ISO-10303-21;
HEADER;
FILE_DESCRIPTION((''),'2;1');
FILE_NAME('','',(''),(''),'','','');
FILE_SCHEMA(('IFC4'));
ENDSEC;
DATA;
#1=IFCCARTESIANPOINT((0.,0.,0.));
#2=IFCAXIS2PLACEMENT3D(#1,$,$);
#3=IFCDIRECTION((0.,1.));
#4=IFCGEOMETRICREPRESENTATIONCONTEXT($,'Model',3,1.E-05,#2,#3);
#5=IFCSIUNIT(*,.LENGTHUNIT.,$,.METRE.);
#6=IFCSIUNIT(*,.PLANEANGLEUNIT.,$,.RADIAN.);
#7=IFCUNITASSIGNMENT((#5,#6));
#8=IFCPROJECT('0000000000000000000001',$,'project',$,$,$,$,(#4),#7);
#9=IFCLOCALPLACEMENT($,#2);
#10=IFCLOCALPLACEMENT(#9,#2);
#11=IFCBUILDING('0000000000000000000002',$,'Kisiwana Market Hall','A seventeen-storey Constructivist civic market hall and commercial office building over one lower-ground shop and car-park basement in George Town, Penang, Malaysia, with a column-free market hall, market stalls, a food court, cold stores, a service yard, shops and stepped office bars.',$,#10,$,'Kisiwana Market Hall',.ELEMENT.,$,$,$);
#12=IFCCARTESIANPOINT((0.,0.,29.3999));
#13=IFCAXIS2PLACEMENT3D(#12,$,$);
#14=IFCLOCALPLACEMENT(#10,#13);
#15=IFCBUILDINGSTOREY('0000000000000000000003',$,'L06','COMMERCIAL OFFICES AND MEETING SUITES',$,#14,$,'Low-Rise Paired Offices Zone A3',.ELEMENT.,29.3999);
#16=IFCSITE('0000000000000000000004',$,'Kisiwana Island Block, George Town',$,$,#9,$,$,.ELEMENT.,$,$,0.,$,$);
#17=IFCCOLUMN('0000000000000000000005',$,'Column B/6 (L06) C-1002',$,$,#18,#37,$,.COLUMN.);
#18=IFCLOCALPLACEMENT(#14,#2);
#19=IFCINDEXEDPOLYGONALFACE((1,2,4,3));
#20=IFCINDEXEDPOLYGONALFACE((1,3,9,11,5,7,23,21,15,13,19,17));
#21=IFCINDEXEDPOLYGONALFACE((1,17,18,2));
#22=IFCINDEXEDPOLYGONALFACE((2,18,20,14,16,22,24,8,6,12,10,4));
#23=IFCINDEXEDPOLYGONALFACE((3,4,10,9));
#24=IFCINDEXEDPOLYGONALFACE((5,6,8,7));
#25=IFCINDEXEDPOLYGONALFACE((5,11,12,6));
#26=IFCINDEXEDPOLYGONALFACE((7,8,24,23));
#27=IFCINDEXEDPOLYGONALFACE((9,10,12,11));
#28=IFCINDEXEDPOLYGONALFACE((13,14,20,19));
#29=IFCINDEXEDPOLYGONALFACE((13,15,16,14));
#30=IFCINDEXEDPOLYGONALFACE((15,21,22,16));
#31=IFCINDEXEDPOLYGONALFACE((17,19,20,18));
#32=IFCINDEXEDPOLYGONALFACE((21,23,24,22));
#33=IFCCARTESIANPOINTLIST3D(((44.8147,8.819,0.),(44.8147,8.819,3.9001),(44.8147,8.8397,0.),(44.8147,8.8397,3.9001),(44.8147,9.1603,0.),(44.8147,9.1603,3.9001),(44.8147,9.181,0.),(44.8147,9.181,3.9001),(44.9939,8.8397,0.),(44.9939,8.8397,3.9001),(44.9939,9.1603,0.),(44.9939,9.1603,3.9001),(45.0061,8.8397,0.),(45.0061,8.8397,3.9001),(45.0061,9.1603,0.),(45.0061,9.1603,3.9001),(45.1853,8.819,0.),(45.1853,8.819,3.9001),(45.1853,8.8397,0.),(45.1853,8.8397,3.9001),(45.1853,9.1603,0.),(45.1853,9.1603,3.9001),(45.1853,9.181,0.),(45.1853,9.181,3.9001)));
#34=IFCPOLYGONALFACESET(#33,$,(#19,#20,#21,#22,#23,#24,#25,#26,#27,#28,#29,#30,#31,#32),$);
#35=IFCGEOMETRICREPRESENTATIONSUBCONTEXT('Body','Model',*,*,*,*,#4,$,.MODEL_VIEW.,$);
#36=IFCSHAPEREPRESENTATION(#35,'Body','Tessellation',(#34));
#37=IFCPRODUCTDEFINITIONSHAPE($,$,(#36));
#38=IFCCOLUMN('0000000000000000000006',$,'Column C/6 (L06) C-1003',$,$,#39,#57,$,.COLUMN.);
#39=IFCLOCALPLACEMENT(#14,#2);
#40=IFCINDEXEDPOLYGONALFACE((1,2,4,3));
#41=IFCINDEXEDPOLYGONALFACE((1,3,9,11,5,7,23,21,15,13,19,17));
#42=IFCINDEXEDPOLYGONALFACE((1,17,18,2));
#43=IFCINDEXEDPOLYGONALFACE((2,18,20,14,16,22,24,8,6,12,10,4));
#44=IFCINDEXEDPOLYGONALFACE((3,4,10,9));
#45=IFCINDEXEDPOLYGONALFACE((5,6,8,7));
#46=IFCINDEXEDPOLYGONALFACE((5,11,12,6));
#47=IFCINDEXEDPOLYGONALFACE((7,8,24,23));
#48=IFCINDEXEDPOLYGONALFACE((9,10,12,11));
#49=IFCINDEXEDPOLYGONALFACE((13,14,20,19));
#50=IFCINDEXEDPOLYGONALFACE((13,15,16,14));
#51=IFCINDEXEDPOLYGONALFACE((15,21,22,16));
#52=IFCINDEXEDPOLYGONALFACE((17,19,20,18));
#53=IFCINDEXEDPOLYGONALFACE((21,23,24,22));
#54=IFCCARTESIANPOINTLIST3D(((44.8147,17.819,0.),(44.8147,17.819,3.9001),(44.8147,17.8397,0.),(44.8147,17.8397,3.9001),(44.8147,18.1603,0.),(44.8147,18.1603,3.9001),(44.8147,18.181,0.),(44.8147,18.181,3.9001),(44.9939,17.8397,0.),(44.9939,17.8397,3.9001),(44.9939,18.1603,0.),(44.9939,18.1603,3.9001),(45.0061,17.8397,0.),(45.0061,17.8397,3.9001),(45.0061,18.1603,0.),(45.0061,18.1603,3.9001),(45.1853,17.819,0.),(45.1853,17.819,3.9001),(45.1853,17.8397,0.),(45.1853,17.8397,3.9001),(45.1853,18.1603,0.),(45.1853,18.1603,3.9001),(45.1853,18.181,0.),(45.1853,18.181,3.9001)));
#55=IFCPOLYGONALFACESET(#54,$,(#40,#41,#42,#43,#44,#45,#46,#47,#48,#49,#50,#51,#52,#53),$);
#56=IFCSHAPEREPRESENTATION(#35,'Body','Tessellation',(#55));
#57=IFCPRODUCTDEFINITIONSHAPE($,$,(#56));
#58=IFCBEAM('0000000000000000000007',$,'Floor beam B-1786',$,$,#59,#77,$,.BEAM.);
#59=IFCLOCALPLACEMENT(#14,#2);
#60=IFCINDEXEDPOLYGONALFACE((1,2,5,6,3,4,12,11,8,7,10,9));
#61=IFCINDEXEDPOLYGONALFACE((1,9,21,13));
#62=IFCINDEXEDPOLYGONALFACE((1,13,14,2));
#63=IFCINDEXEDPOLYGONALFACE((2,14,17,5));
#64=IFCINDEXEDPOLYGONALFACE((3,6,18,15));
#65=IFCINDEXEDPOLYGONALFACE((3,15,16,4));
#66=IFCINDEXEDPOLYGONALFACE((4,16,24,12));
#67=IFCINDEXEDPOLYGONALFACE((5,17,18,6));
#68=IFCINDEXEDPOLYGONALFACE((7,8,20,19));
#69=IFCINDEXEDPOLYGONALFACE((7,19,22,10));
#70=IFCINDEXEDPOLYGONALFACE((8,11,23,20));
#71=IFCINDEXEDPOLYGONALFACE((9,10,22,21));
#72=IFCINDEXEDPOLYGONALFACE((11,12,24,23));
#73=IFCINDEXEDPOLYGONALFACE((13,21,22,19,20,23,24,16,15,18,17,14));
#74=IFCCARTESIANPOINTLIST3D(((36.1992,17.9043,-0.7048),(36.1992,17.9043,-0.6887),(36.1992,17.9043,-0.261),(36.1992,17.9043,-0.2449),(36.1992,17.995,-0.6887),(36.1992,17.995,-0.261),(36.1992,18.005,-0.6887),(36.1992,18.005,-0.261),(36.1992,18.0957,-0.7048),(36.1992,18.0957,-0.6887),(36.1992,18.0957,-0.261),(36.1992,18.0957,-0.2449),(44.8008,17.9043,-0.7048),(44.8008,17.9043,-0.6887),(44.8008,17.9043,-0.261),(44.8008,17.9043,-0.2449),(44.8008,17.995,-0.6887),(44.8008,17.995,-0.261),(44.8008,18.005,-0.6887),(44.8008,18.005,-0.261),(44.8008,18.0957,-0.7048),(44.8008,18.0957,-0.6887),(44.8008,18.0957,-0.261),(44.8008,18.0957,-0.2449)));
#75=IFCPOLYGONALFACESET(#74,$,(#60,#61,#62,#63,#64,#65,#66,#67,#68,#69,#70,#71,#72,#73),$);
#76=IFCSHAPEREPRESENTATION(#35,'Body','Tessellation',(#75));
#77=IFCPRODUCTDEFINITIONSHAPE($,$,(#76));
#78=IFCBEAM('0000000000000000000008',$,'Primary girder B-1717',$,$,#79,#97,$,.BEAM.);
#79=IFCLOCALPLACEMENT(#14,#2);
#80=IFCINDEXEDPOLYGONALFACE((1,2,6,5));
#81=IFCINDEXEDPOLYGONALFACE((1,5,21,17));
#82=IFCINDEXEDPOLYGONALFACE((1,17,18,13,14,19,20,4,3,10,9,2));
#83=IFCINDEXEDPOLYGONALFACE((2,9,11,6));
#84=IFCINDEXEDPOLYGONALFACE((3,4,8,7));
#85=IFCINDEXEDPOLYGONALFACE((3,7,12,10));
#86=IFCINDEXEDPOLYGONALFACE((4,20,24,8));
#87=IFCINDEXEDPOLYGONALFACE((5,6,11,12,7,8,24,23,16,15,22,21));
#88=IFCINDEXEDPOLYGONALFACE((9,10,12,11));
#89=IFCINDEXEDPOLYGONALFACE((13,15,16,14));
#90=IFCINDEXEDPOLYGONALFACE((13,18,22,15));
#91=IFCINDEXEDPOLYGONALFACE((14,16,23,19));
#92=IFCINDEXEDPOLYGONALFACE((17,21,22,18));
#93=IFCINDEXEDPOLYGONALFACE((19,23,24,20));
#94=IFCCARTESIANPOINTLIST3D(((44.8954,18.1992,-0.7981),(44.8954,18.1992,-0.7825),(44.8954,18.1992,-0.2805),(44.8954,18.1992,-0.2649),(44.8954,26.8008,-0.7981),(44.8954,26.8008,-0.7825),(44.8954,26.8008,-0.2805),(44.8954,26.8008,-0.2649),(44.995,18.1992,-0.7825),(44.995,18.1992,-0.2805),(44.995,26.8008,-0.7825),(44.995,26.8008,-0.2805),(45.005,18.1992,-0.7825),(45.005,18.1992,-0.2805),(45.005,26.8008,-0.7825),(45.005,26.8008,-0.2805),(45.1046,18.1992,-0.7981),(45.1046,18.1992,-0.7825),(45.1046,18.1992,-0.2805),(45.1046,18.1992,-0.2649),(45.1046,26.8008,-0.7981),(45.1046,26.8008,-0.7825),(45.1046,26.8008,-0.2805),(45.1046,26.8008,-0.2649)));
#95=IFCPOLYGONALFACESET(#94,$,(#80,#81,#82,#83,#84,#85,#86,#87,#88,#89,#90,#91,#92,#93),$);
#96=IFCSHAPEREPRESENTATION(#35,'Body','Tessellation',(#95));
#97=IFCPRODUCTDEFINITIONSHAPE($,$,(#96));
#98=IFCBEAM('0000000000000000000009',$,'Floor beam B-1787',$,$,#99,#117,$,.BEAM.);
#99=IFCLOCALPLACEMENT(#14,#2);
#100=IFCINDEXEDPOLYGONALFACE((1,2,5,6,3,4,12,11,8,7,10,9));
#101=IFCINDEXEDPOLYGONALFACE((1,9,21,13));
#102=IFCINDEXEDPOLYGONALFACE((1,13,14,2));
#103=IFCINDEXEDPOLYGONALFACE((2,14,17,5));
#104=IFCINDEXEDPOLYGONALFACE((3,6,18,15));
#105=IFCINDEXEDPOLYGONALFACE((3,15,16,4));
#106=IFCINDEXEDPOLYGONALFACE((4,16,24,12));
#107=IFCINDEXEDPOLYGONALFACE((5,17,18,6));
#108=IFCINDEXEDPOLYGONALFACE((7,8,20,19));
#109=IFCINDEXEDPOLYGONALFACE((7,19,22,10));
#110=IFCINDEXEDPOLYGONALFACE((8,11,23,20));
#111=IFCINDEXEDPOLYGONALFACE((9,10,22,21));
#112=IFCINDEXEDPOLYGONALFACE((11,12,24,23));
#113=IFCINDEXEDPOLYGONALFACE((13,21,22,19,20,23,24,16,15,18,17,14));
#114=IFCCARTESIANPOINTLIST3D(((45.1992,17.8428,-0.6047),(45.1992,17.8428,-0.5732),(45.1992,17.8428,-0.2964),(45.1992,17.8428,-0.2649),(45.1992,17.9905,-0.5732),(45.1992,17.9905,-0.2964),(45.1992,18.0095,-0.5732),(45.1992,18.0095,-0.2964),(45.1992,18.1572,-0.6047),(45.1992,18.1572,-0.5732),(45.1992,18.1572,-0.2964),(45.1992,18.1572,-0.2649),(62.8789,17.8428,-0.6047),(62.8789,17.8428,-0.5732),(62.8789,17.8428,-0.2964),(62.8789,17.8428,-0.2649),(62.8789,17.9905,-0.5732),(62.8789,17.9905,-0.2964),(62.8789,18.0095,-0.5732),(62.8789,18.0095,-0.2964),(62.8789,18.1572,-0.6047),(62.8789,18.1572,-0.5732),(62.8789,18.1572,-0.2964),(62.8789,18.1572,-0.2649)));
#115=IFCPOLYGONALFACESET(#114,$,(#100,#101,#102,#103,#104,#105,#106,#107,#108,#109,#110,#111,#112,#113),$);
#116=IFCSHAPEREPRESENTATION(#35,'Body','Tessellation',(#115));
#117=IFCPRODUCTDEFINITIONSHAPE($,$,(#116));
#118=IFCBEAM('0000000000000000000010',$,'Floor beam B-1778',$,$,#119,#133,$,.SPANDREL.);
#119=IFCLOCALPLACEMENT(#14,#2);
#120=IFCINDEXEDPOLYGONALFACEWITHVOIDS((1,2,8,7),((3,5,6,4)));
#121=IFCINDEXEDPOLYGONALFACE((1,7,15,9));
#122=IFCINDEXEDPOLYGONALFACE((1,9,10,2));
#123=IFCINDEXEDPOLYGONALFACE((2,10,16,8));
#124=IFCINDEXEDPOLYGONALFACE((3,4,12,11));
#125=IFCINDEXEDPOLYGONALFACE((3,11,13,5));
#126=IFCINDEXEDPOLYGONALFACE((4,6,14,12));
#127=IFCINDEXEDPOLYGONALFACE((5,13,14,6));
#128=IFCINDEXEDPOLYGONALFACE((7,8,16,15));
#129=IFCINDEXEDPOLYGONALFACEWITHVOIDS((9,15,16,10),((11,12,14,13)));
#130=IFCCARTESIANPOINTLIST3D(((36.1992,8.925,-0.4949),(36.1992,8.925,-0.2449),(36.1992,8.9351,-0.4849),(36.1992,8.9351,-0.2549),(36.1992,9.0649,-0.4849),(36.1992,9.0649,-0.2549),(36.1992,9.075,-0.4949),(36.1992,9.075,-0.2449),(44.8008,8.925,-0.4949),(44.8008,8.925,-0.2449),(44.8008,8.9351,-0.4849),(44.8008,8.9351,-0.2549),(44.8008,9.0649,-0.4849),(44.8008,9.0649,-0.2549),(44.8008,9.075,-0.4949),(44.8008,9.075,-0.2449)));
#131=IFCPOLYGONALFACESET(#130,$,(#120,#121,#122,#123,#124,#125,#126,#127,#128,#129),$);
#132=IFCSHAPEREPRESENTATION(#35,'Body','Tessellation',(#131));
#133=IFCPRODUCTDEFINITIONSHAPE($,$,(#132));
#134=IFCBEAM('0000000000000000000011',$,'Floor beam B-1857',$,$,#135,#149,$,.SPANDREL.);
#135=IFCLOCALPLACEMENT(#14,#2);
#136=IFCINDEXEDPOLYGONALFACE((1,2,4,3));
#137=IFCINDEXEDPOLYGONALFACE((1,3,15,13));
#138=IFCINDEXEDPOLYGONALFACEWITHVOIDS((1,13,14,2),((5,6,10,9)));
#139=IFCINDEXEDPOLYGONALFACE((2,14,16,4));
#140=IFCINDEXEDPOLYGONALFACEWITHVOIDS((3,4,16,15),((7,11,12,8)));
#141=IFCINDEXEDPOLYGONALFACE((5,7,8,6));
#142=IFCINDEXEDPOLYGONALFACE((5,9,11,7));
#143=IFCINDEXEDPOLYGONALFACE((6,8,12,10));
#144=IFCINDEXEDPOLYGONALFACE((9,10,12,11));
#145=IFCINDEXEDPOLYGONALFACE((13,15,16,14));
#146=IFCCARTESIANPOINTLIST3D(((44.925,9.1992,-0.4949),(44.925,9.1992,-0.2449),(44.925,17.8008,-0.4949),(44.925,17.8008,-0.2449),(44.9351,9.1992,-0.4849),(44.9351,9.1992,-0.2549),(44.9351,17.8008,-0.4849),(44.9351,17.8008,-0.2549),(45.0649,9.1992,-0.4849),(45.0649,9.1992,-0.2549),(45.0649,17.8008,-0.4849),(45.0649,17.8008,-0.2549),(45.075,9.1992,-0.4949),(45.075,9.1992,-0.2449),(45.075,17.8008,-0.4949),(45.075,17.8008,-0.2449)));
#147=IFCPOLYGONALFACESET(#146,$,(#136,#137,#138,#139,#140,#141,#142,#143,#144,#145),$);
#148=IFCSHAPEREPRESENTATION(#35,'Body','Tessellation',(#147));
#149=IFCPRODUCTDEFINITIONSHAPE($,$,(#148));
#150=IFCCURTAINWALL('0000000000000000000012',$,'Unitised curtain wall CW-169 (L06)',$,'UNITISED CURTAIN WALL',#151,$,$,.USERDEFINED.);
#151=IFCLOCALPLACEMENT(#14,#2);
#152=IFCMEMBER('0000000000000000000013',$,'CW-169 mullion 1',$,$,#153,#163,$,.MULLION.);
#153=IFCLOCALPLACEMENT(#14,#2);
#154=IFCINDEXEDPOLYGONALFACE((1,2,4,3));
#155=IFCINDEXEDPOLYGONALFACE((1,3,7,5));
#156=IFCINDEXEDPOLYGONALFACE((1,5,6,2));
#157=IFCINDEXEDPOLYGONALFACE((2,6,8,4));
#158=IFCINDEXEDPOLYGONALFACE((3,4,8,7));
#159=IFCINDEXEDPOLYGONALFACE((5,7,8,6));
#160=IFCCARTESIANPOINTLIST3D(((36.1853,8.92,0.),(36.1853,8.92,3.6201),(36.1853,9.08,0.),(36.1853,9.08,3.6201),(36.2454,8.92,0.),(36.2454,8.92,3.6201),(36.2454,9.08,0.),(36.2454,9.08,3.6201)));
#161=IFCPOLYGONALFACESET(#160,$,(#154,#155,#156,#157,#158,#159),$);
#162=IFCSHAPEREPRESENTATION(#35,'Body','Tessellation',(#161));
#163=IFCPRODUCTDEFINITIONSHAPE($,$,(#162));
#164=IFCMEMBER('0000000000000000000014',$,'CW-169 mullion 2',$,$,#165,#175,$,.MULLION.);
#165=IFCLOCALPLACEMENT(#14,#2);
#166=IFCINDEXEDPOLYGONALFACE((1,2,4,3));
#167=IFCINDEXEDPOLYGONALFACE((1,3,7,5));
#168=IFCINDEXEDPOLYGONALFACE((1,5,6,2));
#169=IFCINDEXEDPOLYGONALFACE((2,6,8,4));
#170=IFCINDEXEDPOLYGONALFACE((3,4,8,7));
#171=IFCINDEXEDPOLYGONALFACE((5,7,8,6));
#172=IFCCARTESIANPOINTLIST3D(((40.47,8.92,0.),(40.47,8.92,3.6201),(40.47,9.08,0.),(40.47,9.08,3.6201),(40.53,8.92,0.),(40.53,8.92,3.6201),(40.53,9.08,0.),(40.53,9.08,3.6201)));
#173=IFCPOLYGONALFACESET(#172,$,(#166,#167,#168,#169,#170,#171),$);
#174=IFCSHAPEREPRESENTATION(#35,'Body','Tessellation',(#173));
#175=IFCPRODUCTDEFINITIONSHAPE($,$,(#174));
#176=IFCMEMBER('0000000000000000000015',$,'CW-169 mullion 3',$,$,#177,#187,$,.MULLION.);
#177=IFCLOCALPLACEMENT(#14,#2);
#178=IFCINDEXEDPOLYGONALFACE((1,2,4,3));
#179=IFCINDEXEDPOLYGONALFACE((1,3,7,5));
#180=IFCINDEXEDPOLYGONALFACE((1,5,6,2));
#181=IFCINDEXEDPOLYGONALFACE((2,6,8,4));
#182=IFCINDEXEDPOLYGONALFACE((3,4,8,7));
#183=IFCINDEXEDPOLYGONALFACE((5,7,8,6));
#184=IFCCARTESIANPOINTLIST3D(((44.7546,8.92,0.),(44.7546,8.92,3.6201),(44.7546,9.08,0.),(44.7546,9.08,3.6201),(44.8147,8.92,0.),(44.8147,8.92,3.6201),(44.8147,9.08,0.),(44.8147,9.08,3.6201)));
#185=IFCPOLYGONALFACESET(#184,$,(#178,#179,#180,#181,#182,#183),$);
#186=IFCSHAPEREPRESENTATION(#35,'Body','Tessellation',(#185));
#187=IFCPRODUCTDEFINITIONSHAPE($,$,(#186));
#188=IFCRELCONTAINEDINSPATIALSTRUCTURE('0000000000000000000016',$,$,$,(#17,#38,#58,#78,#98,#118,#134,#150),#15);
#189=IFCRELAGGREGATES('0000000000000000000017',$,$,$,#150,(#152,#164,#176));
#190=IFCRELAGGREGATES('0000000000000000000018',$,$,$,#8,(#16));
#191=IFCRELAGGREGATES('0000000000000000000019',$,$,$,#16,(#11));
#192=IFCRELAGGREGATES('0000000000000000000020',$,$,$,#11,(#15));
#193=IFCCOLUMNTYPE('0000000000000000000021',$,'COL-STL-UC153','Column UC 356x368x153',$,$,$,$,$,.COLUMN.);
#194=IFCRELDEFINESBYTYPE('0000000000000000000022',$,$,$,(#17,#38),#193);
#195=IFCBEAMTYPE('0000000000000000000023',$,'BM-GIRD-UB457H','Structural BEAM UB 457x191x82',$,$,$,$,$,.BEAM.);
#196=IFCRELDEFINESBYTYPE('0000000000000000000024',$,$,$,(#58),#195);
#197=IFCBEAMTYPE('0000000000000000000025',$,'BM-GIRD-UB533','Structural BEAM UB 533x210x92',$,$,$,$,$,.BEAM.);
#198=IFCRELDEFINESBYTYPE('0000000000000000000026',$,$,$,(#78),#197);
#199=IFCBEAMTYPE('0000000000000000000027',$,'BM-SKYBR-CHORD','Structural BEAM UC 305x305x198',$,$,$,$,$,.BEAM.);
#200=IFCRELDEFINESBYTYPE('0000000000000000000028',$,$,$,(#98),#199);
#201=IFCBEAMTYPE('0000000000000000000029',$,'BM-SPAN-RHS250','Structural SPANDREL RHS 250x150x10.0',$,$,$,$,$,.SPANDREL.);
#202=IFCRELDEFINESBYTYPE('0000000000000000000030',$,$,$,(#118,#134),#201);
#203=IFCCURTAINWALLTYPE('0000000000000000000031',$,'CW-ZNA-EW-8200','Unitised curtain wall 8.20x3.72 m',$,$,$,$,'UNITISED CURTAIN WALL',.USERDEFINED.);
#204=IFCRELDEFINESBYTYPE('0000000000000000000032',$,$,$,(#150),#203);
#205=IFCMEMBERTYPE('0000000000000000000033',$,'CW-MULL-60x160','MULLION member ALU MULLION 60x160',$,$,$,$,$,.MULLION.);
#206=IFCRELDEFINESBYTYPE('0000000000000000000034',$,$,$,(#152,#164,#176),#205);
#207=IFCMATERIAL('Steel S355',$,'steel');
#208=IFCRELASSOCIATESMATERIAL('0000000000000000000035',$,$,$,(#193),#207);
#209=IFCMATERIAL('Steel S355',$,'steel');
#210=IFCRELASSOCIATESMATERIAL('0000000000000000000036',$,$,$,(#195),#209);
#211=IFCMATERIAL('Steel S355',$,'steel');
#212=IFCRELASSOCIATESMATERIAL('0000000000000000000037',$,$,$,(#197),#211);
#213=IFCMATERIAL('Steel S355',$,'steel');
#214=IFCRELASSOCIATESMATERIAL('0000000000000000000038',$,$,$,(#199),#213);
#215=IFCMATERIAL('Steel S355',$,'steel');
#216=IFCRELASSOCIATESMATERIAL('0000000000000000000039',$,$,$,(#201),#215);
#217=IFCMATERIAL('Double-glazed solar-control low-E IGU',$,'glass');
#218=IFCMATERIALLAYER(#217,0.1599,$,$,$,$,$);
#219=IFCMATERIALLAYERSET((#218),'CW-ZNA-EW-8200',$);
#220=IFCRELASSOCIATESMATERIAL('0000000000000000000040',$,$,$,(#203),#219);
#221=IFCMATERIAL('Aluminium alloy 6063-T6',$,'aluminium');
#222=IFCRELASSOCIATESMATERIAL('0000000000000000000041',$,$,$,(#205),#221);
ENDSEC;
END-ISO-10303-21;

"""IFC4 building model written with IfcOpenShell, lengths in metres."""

from ifc_helpers import new_model, si_unit, direction, frame, origin, origin_2d, place, context, subcontext, project, spatial, rectangle, hollow_rectangle, i_section, extrude, material, layer, layer_set, material_profile, profile_set, type_object, element, aggregate, save


model = new_model("IFC4")

# Units and contexts
model_context = context("Model", 3, precision=1e-05, world=origin(), true_north=direction((0.0, 1.0)))
body_context = subcontext(model_context, "Body", "Model", "MODEL_VIEW")
ifc_project = project(units=[si_unit("LENGTHUNIT", "METRE"), si_unit("PLANEANGLEUNIT", "RADIAN")], contexts=[model_context])

# Site, building, storey
site_placement = place(None, origin())
site = spatial("IfcSite", under=ifc_project, at=site_placement, Name="Kisiwana Island Block, George Town", CompositionType="ELEMENT", RefElevation=0.0)
building_placement = place(site_placement, origin())
building = spatial("IfcBuilding", under=site, at=building_placement, Name="Kisiwana Market Hall", Description="A seventeen-storey Constructivist civic market hall and commercial office building over one lower-ground shop and car-park basement in George Town, Penang, Malaysia, with a column-free market hall, market stalls, a food court, cold stores, a service yard, shops and stepped office bars.", LongName="Kisiwana Market Hall", CompositionType="ELEMENT")
storey_placement = place(building_placement, frame((0.0, 0.0, 29.3999)))
storey = spatial("IfcBuildingStorey", under=building, at=storey_placement, Name="L06", Description="COMMERCIAL OFFICES AND MEETING SUITES", LongName="Low-Rise Paired Offices Zone A3", CompositionType="ELEMENT", Elevation=29.3999)

# Columns
ifc_material_1 = material(Name="Steel S355", Category="steel")
ifc_material_profile_1 = material_profile(ifc_material_1, i_section(OverallWidth=0.3706, OverallDepth=0.3621, WebThickness=0.0122, FlangeThickness=0.0208, at=origin_2d()), Name="UC 356x368x153")
ifc_profile_set_1 = profile_set([ifc_material_profile_1], Name="Steel S355")
column_type = type_object("IfcColumnType", Name="COL-STL-UC153", Description="Column UC 356x368x153", PredefinedType="COLUMN", material=ifc_profile_set_1)
for number, where, z_axis, x_axis, name in (
    (1, (45.0, 9.0, 0.0), (0.0, 0.0, 1.0), (1.0, 0.0, 0.0), "Column B/6 (L06) C-1002"),
    (2, (45.0, 18.0, 0.0), (0.0, 0.0, 1.0), (1.0, 0.0, 0.0), "Column C/6 (L06) C-1003"),
):
    element("IfcColumn", number, at=place(storey_placement, frame(where, z_axis=z_axis, x_axis=x_axis)), inside=storey, type_object=column_type, Name=name, PredefinedType="COLUMN", context=body_context, shape_type="SweptSolid", body=[
        extrude(i_section(OverallWidth=0.3706, OverallDepth=0.3621, WebThickness=0.0122, FlangeThickness=0.0208, at=origin_2d()), origin(), (0.0, 0.0, 1.0), 3.9001),
    ])

# Beams
ifc_material_2 = material(Name="Steel S355", Category="steel")
ifc_material_profile_2 = material_profile(ifc_material_2, i_section(OverallWidth=0.1914, OverallDepth=0.46, WebThickness=0.01, FlangeThickness=0.0161, at=origin_2d()), Name="UB 457x191x82")
ifc_profile_set_2 = profile_set([ifc_material_profile_2], Name="Steel S355")
beam_type_1 = type_object("IfcBeamType", Name="BM-GIRD-UB457H", Description="Structural BEAM UB 457x191x82", PredefinedType="BEAM", material=ifc_profile_set_2)
beam_1_placement = place(storey_placement, frame((36.1992, 18.0, -0.4749), z_axis=(1.0, 0.0, 0.0), x_axis=(0.0, 1.0, 0.0)))
element("IfcBeam", 3, at=beam_1_placement, inside=storey, type_object=beam_type_1, Name="Floor beam B-1786", PredefinedType="BEAM", context=body_context, shape_type="SweptSolid", body=[
    extrude(i_section(OverallWidth=0.1914, OverallDepth=0.46, WebThickness=0.01, FlangeThickness=0.0161, at=origin_2d()), origin(), (0.0, 0.0, 1.0), 8.6016),
])
ifc_material_3 = material(Name="Steel S355", Category="steel")
ifc_material_profile_3 = material_profile(ifc_material_3, i_section(OverallWidth=0.2092, OverallDepth=0.5332, WebThickness=0.01, FlangeThickness=0.0156, at=origin_2d()), Name="UB 533x210x92")
ifc_profile_set_3 = profile_set([ifc_material_profile_3], Name="Steel S355")
beam_type_2 = type_object("IfcBeamType", Name="BM-GIRD-UB533", Description="Structural BEAM UB 533x210x92", PredefinedType="BEAM", material=ifc_profile_set_3)
beam_2_placement = place(storey_placement, frame((45.0, 18.1992, -0.5315), z_axis=(0.0, 1.0, 0.0), x_axis=(-1.0, 0.0, 0.0)))
element("IfcBeam", 4, at=beam_2_placement, inside=storey, type_object=beam_type_2, Name="Primary girder B-1717", PredefinedType="BEAM", context=body_context, shape_type="SweptSolid", body=[
    extrude(i_section(OverallWidth=0.2092, OverallDepth=0.5332, WebThickness=0.01, FlangeThickness=0.0156, at=origin_2d()), origin(), (0.0, 0.0, 1.0), 8.6016),
])
ifc_material_4 = material(Name="Steel S355", Category="steel")
ifc_material_profile_4 = material_profile(ifc_material_4, i_section(OverallWidth=0.3145, OverallDepth=0.3398, WebThickness=0.019, FlangeThickness=0.0315, at=origin_2d()), Name="UC 305x305x198")
ifc_profile_set_4 = profile_set([ifc_material_profile_4], Name="Steel S355")
beam_type_3 = type_object("IfcBeamType", Name="BM-SKYBR-CHORD", Description="Structural BEAM UC 305x305x198", PredefinedType="BEAM", material=ifc_profile_set_4)
beam_3_placement = place(storey_placement, frame((45.1992, 18.0, -0.4348), z_axis=(1.0, 0.0, 0.0), x_axis=(0.0, 1.0, 0.0)))
element("IfcBeam", 5, at=beam_3_placement, inside=storey, type_object=beam_type_3, Name="Floor beam B-1787", PredefinedType="BEAM", context=body_context, shape_type="SweptSolid", body=[
    extrude(i_section(OverallWidth=0.3145, OverallDepth=0.3398, WebThickness=0.019, FlangeThickness=0.0315, at=origin_2d()), origin(), (0.0, 0.0, 1.0), 17.6797),
])
ifc_material_5 = material(Name="Steel S355", Category="steel")
ifc_material_profile_5 = material_profile(ifc_material_5, hollow_rectangle(XDim=0.1499, YDim=0.25, WallThickness=0.01, at=origin_2d()), Name="RHS 250x150x10.0")
ifc_profile_set_5 = profile_set([ifc_material_profile_5], Name="Steel S355")
beam_type_4 = type_object("IfcBeamType", Name="BM-SPAN-RHS250", Description="Structural SPANDREL RHS 250x150x10.0", PredefinedType="SPANDREL", material=ifc_profile_set_5)
for number, where, z_axis, x_axis, name in (
    (6, (36.1992, 9.0, -0.3699), (1.0, 0.0, 0.0), (0.0, 1.0, 0.0), "Floor beam B-1778"),
    (7, (45.0, 9.1992, -0.3699), (0.0, 1.0, 0.0), (-1.0, 0.0, 0.0), "Floor beam B-1857"),
):
    element("IfcBeam", number, at=place(storey_placement, frame(where, z_axis=z_axis, x_axis=x_axis)), inside=storey, type_object=beam_type_4, Name=name, PredefinedType="SPANDREL", context=body_context, shape_type="SweptSolid", body=[
        extrude(hollow_rectangle(XDim=0.1499, YDim=0.25, WallThickness=0.01, at=origin_2d()), origin(), (0.0, 0.0, 1.0), 8.6016),
    ])

# Curtain wall, members
ifc_material_6 = material(Name="Double-glazed solar-control low-E IGU", Category="glass")
ifc_layer_1 = layer(ifc_material_6, 0.1599)
ifc_layer_set_1 = layer_set([ifc_layer_1], Name="CW-ZNA-EW-8200")
curtain_wall_type = type_object("IfcCurtainWallType", Name="CW-ZNA-EW-8200", Description="Unitised curtain wall 8.20x3.72 m", ElementType="UNITISED CURTAIN WALL", PredefinedType="USERDEFINED", material=ifc_layer_set_1)
curtain_wall_1_placement = place(storey_placement, origin())
curtain_wall_1 = element("IfcCurtainWall", 8, at=curtain_wall_1_placement, inside=storey, type_object=curtain_wall_type, Name="Unitised curtain wall CW-169 (L06)", ObjectType="UNITISED CURTAIN WALL", PredefinedType="USERDEFINED")
ifc_material_7 = material(Name="Aluminium alloy 6063-T6", Category="aluminium")
ifc_material_profile_6 = material_profile(ifc_material_7, rectangle(XDim=0.0601, YDim=0.1599, at=origin_2d()), Name="ALU MULLION 60x160")
ifc_profile_set_6 = profile_set([ifc_material_profile_6], Name="Aluminium alloy 6063-T6")
member_type_1 = type_object("IfcMemberType", Name="CW-MULL-60x160", Description="MULLION member ALU MULLION 60x160", PredefinedType="MULLION", material=ifc_profile_set_6)
member_1_placement = place(storey_placement, frame((36.2153, 9.0, 0.0), z_axis=(0.0, 0.0, 1.0), x_axis=(1.0, 0.0, 0.0)))
member_1 = element("IfcMember", 9, at=member_1_placement, type_object=member_type_1, Name="CW-169 mullion 1", PredefinedType="MULLION", context=body_context, shape_type="SweptSolid", body=[
    extrude(rectangle(XDim=0.0601, YDim=0.1599, at=origin_2d()), origin(), (0.0, 0.0, 1.0), 3.6201),
])
member_2_placement = place(storey_placement, frame((40.5, 9.0, 0.0), z_axis=(0.0, 0.0, 1.0), x_axis=(1.0, 0.0, 0.0)))
member_2 = element("IfcMember", 10, at=member_2_placement, type_object=member_type_1, Name="CW-169 mullion 2", PredefinedType="MULLION", context=body_context, shape_type="SweptSolid", body=[
    extrude(rectangle(XDim=0.0601, YDim=0.1599, at=origin_2d()), origin(), (0.0, 0.0, 1.0), 3.6201),
])
member_3_placement = place(storey_placement, frame((44.7847, 9.0, 0.0), z_axis=(0.0, 0.0, 1.0), x_axis=(1.0, 0.0, 0.0)))
member_3 = element("IfcMember", 11, at=member_3_placement, type_object=member_type_1, Name="CW-169 mullion 3", PredefinedType="MULLION", context=body_context, shape_type="SweptSolid", body=[
    extrude(rectangle(XDim=0.0601, YDim=0.1599, at=origin_2d()), origin(), (0.0, 0.0, 1.0), 3.6201),
])

aggregate(curtain_wall_1, [member_1, member_2, member_3])

save(model, "model.ifc")
